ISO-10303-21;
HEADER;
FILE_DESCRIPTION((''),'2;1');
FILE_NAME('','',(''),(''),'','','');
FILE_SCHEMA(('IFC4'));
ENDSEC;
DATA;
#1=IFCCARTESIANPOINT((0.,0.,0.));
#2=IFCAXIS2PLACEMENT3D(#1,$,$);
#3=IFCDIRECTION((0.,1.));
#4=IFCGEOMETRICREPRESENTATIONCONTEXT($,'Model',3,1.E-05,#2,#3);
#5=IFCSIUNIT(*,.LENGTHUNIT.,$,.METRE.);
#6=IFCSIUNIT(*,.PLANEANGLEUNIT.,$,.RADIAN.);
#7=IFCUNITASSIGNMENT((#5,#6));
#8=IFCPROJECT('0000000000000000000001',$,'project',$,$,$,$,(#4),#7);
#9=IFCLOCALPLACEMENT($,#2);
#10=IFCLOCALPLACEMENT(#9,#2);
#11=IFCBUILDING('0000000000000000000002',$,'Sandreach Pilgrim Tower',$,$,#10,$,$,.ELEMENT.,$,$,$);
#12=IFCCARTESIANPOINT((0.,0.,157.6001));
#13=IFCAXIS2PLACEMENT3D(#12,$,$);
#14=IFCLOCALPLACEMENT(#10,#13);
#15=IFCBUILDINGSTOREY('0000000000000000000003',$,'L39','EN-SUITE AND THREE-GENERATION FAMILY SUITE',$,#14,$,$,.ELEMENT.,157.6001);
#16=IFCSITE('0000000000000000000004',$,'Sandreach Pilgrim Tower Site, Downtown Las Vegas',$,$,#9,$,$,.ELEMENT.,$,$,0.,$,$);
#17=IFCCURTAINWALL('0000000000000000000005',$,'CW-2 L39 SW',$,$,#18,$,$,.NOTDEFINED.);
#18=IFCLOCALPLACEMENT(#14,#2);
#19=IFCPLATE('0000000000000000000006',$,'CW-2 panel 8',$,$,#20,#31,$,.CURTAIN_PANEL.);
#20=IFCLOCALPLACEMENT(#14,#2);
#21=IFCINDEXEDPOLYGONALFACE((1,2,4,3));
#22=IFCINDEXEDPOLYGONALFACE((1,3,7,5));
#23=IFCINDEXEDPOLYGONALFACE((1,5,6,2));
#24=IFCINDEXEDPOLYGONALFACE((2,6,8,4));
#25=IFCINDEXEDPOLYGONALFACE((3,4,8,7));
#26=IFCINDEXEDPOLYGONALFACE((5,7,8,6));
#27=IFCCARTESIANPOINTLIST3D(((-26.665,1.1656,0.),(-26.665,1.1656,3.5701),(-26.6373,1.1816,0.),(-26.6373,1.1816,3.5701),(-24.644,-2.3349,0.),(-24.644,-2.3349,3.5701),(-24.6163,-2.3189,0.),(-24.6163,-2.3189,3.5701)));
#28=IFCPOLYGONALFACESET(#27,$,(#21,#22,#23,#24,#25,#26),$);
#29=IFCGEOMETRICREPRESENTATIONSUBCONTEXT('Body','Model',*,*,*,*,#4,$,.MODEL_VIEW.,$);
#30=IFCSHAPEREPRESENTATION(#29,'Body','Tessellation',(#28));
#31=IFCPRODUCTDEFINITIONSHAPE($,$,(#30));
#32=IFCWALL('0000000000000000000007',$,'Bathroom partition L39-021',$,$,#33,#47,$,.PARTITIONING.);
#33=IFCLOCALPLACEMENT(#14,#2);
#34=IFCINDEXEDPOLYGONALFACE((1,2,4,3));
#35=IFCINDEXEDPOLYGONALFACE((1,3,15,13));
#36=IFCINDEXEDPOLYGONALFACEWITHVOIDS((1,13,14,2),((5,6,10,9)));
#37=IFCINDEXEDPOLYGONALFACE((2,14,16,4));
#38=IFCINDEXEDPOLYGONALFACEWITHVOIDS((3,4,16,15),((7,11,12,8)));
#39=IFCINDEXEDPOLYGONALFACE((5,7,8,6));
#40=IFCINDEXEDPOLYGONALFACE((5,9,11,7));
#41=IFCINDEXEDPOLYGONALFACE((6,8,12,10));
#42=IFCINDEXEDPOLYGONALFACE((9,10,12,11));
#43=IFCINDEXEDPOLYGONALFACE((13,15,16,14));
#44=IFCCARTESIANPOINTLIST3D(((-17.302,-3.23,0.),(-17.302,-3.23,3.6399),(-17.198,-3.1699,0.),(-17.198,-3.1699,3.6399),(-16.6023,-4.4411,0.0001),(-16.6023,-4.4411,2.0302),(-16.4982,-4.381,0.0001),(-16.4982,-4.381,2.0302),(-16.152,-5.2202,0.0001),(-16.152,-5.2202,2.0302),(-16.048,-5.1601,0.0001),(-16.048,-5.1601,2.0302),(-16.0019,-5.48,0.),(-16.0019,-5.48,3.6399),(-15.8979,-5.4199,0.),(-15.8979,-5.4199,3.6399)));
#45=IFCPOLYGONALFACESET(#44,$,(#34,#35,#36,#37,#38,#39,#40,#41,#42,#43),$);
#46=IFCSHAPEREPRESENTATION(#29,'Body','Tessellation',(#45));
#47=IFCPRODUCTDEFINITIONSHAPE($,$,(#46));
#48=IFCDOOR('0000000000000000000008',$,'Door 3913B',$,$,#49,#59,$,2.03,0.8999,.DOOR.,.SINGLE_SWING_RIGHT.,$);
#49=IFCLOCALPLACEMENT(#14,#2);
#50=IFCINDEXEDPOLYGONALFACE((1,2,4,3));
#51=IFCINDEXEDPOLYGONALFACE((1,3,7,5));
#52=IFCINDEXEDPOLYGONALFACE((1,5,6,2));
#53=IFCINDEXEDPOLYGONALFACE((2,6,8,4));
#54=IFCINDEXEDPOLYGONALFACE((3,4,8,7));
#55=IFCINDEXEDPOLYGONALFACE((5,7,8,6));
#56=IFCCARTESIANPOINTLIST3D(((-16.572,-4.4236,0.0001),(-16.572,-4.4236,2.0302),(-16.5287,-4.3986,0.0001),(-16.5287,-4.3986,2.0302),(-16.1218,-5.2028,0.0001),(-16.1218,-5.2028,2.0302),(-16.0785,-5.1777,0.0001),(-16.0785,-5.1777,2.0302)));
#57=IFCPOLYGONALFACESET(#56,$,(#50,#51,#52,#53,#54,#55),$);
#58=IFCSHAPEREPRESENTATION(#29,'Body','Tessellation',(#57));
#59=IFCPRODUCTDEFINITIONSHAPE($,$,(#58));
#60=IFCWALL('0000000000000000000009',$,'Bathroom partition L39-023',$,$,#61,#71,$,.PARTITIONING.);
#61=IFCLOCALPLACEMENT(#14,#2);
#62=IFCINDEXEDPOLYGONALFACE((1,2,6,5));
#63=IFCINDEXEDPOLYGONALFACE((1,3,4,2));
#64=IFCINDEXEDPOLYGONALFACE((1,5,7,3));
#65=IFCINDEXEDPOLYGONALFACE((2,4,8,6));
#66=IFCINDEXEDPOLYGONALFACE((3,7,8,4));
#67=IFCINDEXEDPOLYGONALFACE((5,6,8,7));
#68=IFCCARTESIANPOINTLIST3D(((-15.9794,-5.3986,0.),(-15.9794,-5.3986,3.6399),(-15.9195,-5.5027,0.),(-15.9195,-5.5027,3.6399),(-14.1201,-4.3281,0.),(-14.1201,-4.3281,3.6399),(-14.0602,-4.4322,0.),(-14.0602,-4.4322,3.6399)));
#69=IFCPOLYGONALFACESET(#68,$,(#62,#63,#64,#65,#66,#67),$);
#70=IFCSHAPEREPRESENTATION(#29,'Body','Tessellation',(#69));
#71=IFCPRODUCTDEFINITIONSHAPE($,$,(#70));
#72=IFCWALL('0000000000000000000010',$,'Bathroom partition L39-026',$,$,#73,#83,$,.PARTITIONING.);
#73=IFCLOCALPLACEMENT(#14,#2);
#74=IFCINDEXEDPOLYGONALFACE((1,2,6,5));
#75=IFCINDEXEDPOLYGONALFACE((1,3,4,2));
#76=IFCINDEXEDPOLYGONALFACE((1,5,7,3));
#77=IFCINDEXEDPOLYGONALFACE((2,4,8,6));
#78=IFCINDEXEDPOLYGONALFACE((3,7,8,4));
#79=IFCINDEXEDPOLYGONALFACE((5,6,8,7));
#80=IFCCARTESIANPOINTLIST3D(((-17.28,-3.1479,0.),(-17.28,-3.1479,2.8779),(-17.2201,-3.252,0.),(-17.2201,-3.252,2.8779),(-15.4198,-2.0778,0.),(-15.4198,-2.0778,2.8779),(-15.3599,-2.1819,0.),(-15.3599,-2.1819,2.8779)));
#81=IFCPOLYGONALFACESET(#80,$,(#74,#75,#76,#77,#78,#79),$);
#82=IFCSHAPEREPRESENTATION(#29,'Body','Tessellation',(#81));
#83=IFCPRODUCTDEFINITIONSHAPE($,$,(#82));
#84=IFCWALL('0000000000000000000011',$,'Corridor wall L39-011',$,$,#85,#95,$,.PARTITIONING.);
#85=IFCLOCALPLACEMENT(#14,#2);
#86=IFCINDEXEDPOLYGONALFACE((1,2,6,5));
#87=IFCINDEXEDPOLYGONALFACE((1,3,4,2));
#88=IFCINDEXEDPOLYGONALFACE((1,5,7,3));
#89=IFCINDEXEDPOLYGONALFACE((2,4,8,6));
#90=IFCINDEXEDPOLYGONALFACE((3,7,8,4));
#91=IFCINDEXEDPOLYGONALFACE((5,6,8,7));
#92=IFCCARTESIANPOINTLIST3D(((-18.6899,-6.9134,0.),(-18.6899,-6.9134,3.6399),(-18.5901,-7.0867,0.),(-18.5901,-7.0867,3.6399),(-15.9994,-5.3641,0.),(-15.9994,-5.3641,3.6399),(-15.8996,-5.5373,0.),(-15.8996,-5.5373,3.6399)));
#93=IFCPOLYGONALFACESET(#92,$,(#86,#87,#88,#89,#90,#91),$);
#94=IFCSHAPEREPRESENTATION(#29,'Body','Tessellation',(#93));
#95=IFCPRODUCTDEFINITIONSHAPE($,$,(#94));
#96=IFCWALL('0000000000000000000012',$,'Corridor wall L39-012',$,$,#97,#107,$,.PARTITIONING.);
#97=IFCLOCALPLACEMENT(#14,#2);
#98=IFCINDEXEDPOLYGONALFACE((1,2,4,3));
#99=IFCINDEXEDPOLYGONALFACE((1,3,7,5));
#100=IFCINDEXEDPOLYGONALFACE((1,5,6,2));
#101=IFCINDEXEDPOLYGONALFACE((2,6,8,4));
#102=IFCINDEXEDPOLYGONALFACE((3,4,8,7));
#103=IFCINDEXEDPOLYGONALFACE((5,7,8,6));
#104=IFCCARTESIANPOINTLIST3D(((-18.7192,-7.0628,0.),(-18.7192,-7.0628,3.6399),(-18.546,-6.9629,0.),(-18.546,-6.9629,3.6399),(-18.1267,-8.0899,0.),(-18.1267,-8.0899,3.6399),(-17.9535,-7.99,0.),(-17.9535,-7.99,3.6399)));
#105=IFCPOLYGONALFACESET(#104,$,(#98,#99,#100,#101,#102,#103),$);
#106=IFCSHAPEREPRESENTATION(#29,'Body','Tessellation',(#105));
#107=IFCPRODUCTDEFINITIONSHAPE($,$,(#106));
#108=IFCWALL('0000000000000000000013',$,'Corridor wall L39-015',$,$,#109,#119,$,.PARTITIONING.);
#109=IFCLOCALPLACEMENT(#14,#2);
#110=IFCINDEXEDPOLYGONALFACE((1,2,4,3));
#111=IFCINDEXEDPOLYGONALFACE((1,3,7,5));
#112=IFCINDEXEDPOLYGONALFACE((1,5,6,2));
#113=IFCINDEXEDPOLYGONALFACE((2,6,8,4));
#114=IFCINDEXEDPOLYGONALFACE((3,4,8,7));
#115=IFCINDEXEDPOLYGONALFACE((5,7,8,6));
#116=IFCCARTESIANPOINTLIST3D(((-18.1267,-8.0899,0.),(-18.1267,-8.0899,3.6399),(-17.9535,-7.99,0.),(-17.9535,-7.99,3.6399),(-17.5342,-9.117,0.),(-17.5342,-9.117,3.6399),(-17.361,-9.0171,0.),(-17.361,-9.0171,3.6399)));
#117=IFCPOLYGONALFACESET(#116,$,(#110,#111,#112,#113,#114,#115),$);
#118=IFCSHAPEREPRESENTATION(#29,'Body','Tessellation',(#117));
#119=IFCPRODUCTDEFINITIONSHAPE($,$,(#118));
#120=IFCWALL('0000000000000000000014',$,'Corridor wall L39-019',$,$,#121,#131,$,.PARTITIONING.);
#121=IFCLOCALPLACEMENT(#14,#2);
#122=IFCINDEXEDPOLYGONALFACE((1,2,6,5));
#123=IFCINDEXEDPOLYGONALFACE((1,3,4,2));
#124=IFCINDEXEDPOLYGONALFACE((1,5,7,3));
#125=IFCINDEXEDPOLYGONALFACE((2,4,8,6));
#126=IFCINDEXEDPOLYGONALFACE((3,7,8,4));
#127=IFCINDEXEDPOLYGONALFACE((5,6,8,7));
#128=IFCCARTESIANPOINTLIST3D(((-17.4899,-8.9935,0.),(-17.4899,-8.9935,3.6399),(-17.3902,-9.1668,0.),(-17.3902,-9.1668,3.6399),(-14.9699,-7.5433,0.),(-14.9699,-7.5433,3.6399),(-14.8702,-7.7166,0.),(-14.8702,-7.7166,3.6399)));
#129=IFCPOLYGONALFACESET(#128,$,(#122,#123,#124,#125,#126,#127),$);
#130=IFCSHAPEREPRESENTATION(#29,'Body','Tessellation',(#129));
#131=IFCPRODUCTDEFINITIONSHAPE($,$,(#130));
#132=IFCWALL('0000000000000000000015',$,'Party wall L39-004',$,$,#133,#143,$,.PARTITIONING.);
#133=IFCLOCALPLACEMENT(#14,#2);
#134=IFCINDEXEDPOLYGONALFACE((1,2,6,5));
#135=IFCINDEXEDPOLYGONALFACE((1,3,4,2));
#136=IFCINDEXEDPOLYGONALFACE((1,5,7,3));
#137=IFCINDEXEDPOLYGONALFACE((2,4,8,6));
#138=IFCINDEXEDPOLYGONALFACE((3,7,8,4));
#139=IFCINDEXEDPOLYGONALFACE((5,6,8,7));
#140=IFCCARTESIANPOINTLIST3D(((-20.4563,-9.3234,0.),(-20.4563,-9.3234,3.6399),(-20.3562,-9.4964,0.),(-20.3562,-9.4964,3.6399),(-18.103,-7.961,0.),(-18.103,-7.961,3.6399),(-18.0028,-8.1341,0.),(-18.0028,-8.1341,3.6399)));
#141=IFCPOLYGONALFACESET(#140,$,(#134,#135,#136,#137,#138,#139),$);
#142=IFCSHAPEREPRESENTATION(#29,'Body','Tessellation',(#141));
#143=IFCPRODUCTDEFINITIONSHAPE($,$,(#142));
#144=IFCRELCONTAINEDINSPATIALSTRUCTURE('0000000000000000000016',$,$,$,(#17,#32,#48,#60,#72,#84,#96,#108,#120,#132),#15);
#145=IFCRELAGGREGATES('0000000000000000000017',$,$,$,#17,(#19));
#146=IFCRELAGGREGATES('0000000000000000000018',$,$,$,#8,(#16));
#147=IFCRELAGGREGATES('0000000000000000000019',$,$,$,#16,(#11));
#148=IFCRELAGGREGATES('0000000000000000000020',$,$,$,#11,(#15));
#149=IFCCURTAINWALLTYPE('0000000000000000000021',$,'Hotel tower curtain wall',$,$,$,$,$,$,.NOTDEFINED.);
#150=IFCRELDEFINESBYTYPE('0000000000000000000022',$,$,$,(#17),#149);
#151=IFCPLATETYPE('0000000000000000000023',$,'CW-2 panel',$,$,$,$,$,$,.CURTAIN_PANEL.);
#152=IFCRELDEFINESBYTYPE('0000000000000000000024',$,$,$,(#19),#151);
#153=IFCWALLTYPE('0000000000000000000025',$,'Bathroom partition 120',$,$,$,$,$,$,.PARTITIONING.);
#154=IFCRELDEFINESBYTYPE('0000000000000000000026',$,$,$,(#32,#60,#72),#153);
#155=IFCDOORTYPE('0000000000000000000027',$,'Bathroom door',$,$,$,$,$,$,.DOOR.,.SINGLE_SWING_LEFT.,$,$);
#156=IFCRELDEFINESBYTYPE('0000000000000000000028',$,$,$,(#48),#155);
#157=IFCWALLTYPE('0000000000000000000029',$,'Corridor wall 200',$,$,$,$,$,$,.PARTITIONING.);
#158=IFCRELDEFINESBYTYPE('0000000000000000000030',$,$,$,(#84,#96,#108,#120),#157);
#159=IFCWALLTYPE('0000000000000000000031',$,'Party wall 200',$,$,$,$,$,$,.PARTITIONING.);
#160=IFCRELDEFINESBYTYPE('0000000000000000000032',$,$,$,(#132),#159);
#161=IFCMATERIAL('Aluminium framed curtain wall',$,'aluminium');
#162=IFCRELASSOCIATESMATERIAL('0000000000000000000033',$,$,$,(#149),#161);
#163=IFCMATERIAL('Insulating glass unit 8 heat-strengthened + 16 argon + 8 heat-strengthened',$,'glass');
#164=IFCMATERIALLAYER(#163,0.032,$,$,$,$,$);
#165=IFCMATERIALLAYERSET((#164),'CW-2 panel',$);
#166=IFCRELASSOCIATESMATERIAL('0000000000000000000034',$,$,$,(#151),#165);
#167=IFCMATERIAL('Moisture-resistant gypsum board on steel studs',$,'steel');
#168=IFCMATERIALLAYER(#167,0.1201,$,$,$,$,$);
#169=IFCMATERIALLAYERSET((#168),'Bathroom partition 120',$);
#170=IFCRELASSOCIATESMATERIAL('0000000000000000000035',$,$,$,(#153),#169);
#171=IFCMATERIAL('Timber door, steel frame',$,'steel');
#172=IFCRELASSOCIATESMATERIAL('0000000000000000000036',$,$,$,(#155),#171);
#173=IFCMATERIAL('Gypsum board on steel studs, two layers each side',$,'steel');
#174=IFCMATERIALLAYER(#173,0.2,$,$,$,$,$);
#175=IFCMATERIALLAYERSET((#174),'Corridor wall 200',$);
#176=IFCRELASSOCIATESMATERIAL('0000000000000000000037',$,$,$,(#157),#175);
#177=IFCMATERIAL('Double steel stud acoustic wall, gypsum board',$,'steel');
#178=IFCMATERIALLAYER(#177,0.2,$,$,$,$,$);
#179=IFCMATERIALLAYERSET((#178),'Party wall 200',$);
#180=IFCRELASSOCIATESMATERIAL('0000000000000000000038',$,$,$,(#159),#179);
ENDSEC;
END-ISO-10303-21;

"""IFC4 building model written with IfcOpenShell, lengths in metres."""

from ifc_helpers import new_model, si_unit, direction, frame, frame_2d, origin, origin_2d, place, context, subcontext, project, spatial, rectangle, extrude, material, layer, layer_set, type_object, element, fill, aggregate, save


model = new_model("IFC4")

# Units and contexts
model_context = context("Model", 3, precision=1e-05, world=origin(), true_north=direction((0.0, 1.0)))
body_context = subcontext(model_context, "Body", "Model", "MODEL_VIEW")
ifc_project = project(units=[si_unit("LENGTHUNIT", "METRE"), si_unit("PLANEANGLEUNIT", "RADIAN")], contexts=[model_context])

# Site, building, storey
site_placement = place(None, origin())
site = spatial("IfcSite", under=ifc_project, at=site_placement, Name="Sandreach Pilgrim Tower Site, Downtown Las Vegas", CompositionType="ELEMENT", RefElevation=0.0)
building_placement = place(site_placement, origin())
building = spatial("IfcBuilding", under=site, at=building_placement, Name="Sandreach Pilgrim Tower", CompositionType="ELEMENT")
storey_placement = place(building_placement, frame((0.0, 0.0, 157.6001)))
storey = spatial("IfcBuildingStorey", under=building, at=storey_placement, Name="L39", Description="EN-SUITE AND THREE-GENERATION FAMILY SUITE", CompositionType="ELEMENT", Elevation=157.6001)

# Curtain wall
ifc_material_1 = material(Name="Aluminium framed curtain wall", Category="aluminium")
curtain_wall_type = type_object("IfcCurtainWallType", Name="Hotel tower curtain wall", PredefinedType="NOTDEFINED", material=ifc_material_1)
curtain_wall_placement = place(storey_placement, origin())
curtain_wall = element("IfcCurtainWall", 1, at=curtain_wall_placement, inside=storey, type_object=curtain_wall_type, Name="CW-2 L39 SW", PredefinedType="NOTDEFINED")

# Plate
ifc_material_2 = material(Name="Insulating glass unit 8 heat-strengthened + 16 argon + 8 heat-strengthened", Category="glass")
ifc_layer_1 = layer(ifc_material_2, 0.032)
ifc_layer_set_1 = layer_set([ifc_layer_1], Name="CW-2 panel")
plate_type = type_object("IfcPlateType", Name="CW-2 panel", PredefinedType="CURTAIN_PANEL", material=ifc_layer_set_1)
plate_1_placement = place(storey_placement, frame((-25.6406, -0.5767, 0.0), z_axis=(0.0, 0.0, 1.0), x_axis=(-0.5, 0.866025, 0.0)))
plate_1 = element("IfcPlate", 2, at=plate_1_placement, type_object=plate_type, Name="CW-2 panel 8", PredefinedType="CURTAIN_PANEL", context=body_context, shape_type="SweptSolid", body=[
    extrude(rectangle(XDim=4.042, YDim=0.032, at=origin_2d()), origin(), (0.0, 0.0, 1.0), 3.5701),
])
aggregate(curtain_wall, [plate_1])

# Wall, opening, door
ifc_material_3 = material(Name="Moisture-resistant gypsum board on steel studs", Category="steel")
ifc_layer_2 = layer(ifc_material_3, 0.1201)
ifc_layer_set_2 = layer_set([ifc_layer_2], Name="Bathroom partition 120")
wall_type_1 = type_object("IfcWallType", Name="Bathroom partition 120", PredefinedType="PARTITIONING", material=ifc_layer_set_2)
wall_1_placement = place(storey_placement, frame((-17.25, -3.2, 0.0), z_axis=(0.0, 0.0, 1.0), x_axis=(0.500292, -0.865857, 0.0)))
wall_1 = element("IfcWall", 3, at=wall_1_placement, inside=storey, type_object=wall_type_1, Name="Bathroom partition L39-021", PredefinedType="PARTITIONING", context=body_context, shape_type="SweptSolid", body=[
    extrude(rectangle(XDim=2.5986, YDim=0.1201, at=frame_2d((1.2993, 0.0))), origin(), (0.0, 0.0, 1.0), 3.6399),
])
opening_placement = place(wall_1_placement, frame((1.3987, 0.0, 0.0)))
opening = element("IfcOpeningElement", 4, at=opening_placement, cuts=wall_1, PredefinedType="OPENING", context=body_context, shape_type="SweptSolid", body=[
    extrude(rectangle(XDim=0.8999, YDim=2.03, at=frame_2d((0.45, 1.0151))), frame((0.0, 0.0601, 0.0), z_axis=(0.0, -1.0, 0.0), x_axis=(1.0, 0.0, 0.0)), (0.0, 0.0, 1.0), 0.1201),
])
ifc_material_4 = material(Name="Timber door, steel frame", Category="steel")
door_type = type_object("IfcDoorType", Name="Bathroom door", OperationType="SINGLE_SWING_LEFT", PredefinedType="DOOR", material=ifc_material_4)
door_placement = place(opening_placement, origin())
door = element("IfcDoor", 5, at=door_placement, inside=storey, type_object=door_type, Name="Door 3913B", OperationType="SINGLE_SWING_RIGHT", OverallHeight=2.03, OverallWidth=0.8999, PredefinedType="DOOR", context=body_context, shape_type="SweptSolid", body=[
    extrude(rectangle(XDim=0.8999, YDim=2.03, at=frame_2d((0.45, 1.0151))), frame((0.0, 0.0249, 0.0), z_axis=(0.0, -1.0, 0.0), x_axis=(1.0, 0.0, 0.0)), (0.0, 0.0, 1.0), 0.05),
])
fill(opening, door)

# Walls
wall_2_placement = place(storey_placement, frame((-15.9495, -5.4507, 0.0), z_axis=(0.0, 0.0, 1.0), x_axis=(0.866621, 0.498967, 0.0)))
element("IfcWall", 6, at=wall_2_placement, inside=storey, type_object=wall_type_1, Name="Bathroom partition L39-023", PredefinedType="PARTITIONING", context=body_context, shape_type="SweptSolid", body=[
    extrude(rectangle(XDim=2.1455, YDim=0.1201, at=frame_2d((1.0728, 0.0))), origin(), (0.0, 0.0, 1.0), 3.6399),
])
wall_3_placement = place(storey_placement, frame((-15.3899, -2.1299, 0.0), z_axis=(0.0, 0.0, 1.0), x_axis=(-0.866804, -0.498649, 0.0)))
element("IfcWall", 7, at=wall_3_placement, inside=storey, type_object=wall_type_1, Name="Bathroom partition L39-026", PredefinedType="PARTITIONING", context=body_context, shape_type="SweptSolid", body=[
    extrude(rectangle(XDim=2.146, YDim=0.1201, at=frame_2d((1.073, 0.0))), origin(), (0.0, 0.0, 1.0), 2.8779),
])
ifc_material_5 = material(Name="Gypsum board on steel studs, two layers each side", Category="steel")
ifc_layer_3 = layer(ifc_material_5, 0.2)
ifc_layer_set_3 = layer_set([ifc_layer_3], Name="Corridor wall 200")
wall_type_2 = type_object("IfcWallType", Name="Corridor wall 200", PredefinedType="PARTITIONING", material=ifc_layer_set_3)
wall_4_placement = place(storey_placement, frame((-18.6399, -7.0, 0.0), z_axis=(0.0, 0.0, 1.0), x_axis=(0.866583, 0.499032, 0.0)))
element("IfcWall", 8, at=wall_4_placement, inside=storey, type_object=wall_type_2, Name="Corridor wall L39-011", PredefinedType="PARTITIONING", context=body_context, shape_type="SweptSolid", body=[
    extrude(rectangle(XDim=3.1047, YDim=0.2, at=frame_2d((1.5522, 0.0))), origin(), (0.0, 0.0, 1.0), 3.6399),
])
for number, where, z_axis, x_axis, name in (
    (9, (-18.6326, -7.0129, 0.0), (0.0, 0.0, 1.0), (0.499705, -0.866196, 0.0), "Corridor wall L39-012"),
    (10, (-18.04, -8.04, 0.0), (0.0, 0.0, 1.0), (0.499705, -0.866196, 0.0), "Corridor wall L39-015"),
):
    element("IfcWall", number, at=place(storey_placement, frame(where, z_axis=z_axis, x_axis=x_axis)), inside=storey, type_object=wall_type_2, Name=name, PredefinedType="PARTITIONING", context=body_context, shape_type="SweptSolid", body=[
        extrude(rectangle(XDim=1.1858, YDim=0.2, at=frame_2d((0.5928, 0.0))), origin(), (0.0, 0.0, 1.0), 3.6399),
    ])
wall_5_placement = place(storey_placement, frame((-17.4399, -9.0801, 0.0), z_axis=(0.0, 0.0, 1.0), x_axis=(0.86673, 0.498777, 0.0)))
element("IfcWall", 11, at=wall_5_placement, inside=storey, type_object=wall_type_2, Name="Corridor wall L39-019", PredefinedType="PARTITIONING", context=body_context, shape_type="SweptSolid", body=[
    extrude(rectangle(XDim=2.9075, YDim=0.2, at=frame_2d((1.4536, 0.0))), origin(), (0.0, 0.0, 1.0), 3.6399),
])
ifc_material_6 = material(Name="Double steel stud acoustic wall, gypsum board", Category="steel")
ifc_layer_4 = layer(ifc_material_6, 0.2)
ifc_layer_set_4 = layer_set([ifc_layer_4], Name="Party wall 200")
wall_type_3 = type_object("IfcWallType", Name="Party wall 200", PredefinedType="PARTITIONING", material=ifc_layer_set_4)
wall_6_placement = place(storey_placement, frame((-20.4062, -9.4099, 0.0), z_axis=(0.0, 0.0, 1.0), x_axis=(0.865445, 0.501004, 0.0)))
element("IfcWall", 12, at=wall_6_placement, inside=storey, type_object=wall_type_3, Name="Party wall L39-004", PredefinedType="PARTITIONING", context=body_context, shape_type="SweptSolid", body=[
    extrude(rectangle(XDim=2.7192, YDim=0.2, at=frame_2d((1.3596, 0.0))), origin(), (0.0, 0.0, 1.0), 3.6399),
])

save(model, "model.ifc")
